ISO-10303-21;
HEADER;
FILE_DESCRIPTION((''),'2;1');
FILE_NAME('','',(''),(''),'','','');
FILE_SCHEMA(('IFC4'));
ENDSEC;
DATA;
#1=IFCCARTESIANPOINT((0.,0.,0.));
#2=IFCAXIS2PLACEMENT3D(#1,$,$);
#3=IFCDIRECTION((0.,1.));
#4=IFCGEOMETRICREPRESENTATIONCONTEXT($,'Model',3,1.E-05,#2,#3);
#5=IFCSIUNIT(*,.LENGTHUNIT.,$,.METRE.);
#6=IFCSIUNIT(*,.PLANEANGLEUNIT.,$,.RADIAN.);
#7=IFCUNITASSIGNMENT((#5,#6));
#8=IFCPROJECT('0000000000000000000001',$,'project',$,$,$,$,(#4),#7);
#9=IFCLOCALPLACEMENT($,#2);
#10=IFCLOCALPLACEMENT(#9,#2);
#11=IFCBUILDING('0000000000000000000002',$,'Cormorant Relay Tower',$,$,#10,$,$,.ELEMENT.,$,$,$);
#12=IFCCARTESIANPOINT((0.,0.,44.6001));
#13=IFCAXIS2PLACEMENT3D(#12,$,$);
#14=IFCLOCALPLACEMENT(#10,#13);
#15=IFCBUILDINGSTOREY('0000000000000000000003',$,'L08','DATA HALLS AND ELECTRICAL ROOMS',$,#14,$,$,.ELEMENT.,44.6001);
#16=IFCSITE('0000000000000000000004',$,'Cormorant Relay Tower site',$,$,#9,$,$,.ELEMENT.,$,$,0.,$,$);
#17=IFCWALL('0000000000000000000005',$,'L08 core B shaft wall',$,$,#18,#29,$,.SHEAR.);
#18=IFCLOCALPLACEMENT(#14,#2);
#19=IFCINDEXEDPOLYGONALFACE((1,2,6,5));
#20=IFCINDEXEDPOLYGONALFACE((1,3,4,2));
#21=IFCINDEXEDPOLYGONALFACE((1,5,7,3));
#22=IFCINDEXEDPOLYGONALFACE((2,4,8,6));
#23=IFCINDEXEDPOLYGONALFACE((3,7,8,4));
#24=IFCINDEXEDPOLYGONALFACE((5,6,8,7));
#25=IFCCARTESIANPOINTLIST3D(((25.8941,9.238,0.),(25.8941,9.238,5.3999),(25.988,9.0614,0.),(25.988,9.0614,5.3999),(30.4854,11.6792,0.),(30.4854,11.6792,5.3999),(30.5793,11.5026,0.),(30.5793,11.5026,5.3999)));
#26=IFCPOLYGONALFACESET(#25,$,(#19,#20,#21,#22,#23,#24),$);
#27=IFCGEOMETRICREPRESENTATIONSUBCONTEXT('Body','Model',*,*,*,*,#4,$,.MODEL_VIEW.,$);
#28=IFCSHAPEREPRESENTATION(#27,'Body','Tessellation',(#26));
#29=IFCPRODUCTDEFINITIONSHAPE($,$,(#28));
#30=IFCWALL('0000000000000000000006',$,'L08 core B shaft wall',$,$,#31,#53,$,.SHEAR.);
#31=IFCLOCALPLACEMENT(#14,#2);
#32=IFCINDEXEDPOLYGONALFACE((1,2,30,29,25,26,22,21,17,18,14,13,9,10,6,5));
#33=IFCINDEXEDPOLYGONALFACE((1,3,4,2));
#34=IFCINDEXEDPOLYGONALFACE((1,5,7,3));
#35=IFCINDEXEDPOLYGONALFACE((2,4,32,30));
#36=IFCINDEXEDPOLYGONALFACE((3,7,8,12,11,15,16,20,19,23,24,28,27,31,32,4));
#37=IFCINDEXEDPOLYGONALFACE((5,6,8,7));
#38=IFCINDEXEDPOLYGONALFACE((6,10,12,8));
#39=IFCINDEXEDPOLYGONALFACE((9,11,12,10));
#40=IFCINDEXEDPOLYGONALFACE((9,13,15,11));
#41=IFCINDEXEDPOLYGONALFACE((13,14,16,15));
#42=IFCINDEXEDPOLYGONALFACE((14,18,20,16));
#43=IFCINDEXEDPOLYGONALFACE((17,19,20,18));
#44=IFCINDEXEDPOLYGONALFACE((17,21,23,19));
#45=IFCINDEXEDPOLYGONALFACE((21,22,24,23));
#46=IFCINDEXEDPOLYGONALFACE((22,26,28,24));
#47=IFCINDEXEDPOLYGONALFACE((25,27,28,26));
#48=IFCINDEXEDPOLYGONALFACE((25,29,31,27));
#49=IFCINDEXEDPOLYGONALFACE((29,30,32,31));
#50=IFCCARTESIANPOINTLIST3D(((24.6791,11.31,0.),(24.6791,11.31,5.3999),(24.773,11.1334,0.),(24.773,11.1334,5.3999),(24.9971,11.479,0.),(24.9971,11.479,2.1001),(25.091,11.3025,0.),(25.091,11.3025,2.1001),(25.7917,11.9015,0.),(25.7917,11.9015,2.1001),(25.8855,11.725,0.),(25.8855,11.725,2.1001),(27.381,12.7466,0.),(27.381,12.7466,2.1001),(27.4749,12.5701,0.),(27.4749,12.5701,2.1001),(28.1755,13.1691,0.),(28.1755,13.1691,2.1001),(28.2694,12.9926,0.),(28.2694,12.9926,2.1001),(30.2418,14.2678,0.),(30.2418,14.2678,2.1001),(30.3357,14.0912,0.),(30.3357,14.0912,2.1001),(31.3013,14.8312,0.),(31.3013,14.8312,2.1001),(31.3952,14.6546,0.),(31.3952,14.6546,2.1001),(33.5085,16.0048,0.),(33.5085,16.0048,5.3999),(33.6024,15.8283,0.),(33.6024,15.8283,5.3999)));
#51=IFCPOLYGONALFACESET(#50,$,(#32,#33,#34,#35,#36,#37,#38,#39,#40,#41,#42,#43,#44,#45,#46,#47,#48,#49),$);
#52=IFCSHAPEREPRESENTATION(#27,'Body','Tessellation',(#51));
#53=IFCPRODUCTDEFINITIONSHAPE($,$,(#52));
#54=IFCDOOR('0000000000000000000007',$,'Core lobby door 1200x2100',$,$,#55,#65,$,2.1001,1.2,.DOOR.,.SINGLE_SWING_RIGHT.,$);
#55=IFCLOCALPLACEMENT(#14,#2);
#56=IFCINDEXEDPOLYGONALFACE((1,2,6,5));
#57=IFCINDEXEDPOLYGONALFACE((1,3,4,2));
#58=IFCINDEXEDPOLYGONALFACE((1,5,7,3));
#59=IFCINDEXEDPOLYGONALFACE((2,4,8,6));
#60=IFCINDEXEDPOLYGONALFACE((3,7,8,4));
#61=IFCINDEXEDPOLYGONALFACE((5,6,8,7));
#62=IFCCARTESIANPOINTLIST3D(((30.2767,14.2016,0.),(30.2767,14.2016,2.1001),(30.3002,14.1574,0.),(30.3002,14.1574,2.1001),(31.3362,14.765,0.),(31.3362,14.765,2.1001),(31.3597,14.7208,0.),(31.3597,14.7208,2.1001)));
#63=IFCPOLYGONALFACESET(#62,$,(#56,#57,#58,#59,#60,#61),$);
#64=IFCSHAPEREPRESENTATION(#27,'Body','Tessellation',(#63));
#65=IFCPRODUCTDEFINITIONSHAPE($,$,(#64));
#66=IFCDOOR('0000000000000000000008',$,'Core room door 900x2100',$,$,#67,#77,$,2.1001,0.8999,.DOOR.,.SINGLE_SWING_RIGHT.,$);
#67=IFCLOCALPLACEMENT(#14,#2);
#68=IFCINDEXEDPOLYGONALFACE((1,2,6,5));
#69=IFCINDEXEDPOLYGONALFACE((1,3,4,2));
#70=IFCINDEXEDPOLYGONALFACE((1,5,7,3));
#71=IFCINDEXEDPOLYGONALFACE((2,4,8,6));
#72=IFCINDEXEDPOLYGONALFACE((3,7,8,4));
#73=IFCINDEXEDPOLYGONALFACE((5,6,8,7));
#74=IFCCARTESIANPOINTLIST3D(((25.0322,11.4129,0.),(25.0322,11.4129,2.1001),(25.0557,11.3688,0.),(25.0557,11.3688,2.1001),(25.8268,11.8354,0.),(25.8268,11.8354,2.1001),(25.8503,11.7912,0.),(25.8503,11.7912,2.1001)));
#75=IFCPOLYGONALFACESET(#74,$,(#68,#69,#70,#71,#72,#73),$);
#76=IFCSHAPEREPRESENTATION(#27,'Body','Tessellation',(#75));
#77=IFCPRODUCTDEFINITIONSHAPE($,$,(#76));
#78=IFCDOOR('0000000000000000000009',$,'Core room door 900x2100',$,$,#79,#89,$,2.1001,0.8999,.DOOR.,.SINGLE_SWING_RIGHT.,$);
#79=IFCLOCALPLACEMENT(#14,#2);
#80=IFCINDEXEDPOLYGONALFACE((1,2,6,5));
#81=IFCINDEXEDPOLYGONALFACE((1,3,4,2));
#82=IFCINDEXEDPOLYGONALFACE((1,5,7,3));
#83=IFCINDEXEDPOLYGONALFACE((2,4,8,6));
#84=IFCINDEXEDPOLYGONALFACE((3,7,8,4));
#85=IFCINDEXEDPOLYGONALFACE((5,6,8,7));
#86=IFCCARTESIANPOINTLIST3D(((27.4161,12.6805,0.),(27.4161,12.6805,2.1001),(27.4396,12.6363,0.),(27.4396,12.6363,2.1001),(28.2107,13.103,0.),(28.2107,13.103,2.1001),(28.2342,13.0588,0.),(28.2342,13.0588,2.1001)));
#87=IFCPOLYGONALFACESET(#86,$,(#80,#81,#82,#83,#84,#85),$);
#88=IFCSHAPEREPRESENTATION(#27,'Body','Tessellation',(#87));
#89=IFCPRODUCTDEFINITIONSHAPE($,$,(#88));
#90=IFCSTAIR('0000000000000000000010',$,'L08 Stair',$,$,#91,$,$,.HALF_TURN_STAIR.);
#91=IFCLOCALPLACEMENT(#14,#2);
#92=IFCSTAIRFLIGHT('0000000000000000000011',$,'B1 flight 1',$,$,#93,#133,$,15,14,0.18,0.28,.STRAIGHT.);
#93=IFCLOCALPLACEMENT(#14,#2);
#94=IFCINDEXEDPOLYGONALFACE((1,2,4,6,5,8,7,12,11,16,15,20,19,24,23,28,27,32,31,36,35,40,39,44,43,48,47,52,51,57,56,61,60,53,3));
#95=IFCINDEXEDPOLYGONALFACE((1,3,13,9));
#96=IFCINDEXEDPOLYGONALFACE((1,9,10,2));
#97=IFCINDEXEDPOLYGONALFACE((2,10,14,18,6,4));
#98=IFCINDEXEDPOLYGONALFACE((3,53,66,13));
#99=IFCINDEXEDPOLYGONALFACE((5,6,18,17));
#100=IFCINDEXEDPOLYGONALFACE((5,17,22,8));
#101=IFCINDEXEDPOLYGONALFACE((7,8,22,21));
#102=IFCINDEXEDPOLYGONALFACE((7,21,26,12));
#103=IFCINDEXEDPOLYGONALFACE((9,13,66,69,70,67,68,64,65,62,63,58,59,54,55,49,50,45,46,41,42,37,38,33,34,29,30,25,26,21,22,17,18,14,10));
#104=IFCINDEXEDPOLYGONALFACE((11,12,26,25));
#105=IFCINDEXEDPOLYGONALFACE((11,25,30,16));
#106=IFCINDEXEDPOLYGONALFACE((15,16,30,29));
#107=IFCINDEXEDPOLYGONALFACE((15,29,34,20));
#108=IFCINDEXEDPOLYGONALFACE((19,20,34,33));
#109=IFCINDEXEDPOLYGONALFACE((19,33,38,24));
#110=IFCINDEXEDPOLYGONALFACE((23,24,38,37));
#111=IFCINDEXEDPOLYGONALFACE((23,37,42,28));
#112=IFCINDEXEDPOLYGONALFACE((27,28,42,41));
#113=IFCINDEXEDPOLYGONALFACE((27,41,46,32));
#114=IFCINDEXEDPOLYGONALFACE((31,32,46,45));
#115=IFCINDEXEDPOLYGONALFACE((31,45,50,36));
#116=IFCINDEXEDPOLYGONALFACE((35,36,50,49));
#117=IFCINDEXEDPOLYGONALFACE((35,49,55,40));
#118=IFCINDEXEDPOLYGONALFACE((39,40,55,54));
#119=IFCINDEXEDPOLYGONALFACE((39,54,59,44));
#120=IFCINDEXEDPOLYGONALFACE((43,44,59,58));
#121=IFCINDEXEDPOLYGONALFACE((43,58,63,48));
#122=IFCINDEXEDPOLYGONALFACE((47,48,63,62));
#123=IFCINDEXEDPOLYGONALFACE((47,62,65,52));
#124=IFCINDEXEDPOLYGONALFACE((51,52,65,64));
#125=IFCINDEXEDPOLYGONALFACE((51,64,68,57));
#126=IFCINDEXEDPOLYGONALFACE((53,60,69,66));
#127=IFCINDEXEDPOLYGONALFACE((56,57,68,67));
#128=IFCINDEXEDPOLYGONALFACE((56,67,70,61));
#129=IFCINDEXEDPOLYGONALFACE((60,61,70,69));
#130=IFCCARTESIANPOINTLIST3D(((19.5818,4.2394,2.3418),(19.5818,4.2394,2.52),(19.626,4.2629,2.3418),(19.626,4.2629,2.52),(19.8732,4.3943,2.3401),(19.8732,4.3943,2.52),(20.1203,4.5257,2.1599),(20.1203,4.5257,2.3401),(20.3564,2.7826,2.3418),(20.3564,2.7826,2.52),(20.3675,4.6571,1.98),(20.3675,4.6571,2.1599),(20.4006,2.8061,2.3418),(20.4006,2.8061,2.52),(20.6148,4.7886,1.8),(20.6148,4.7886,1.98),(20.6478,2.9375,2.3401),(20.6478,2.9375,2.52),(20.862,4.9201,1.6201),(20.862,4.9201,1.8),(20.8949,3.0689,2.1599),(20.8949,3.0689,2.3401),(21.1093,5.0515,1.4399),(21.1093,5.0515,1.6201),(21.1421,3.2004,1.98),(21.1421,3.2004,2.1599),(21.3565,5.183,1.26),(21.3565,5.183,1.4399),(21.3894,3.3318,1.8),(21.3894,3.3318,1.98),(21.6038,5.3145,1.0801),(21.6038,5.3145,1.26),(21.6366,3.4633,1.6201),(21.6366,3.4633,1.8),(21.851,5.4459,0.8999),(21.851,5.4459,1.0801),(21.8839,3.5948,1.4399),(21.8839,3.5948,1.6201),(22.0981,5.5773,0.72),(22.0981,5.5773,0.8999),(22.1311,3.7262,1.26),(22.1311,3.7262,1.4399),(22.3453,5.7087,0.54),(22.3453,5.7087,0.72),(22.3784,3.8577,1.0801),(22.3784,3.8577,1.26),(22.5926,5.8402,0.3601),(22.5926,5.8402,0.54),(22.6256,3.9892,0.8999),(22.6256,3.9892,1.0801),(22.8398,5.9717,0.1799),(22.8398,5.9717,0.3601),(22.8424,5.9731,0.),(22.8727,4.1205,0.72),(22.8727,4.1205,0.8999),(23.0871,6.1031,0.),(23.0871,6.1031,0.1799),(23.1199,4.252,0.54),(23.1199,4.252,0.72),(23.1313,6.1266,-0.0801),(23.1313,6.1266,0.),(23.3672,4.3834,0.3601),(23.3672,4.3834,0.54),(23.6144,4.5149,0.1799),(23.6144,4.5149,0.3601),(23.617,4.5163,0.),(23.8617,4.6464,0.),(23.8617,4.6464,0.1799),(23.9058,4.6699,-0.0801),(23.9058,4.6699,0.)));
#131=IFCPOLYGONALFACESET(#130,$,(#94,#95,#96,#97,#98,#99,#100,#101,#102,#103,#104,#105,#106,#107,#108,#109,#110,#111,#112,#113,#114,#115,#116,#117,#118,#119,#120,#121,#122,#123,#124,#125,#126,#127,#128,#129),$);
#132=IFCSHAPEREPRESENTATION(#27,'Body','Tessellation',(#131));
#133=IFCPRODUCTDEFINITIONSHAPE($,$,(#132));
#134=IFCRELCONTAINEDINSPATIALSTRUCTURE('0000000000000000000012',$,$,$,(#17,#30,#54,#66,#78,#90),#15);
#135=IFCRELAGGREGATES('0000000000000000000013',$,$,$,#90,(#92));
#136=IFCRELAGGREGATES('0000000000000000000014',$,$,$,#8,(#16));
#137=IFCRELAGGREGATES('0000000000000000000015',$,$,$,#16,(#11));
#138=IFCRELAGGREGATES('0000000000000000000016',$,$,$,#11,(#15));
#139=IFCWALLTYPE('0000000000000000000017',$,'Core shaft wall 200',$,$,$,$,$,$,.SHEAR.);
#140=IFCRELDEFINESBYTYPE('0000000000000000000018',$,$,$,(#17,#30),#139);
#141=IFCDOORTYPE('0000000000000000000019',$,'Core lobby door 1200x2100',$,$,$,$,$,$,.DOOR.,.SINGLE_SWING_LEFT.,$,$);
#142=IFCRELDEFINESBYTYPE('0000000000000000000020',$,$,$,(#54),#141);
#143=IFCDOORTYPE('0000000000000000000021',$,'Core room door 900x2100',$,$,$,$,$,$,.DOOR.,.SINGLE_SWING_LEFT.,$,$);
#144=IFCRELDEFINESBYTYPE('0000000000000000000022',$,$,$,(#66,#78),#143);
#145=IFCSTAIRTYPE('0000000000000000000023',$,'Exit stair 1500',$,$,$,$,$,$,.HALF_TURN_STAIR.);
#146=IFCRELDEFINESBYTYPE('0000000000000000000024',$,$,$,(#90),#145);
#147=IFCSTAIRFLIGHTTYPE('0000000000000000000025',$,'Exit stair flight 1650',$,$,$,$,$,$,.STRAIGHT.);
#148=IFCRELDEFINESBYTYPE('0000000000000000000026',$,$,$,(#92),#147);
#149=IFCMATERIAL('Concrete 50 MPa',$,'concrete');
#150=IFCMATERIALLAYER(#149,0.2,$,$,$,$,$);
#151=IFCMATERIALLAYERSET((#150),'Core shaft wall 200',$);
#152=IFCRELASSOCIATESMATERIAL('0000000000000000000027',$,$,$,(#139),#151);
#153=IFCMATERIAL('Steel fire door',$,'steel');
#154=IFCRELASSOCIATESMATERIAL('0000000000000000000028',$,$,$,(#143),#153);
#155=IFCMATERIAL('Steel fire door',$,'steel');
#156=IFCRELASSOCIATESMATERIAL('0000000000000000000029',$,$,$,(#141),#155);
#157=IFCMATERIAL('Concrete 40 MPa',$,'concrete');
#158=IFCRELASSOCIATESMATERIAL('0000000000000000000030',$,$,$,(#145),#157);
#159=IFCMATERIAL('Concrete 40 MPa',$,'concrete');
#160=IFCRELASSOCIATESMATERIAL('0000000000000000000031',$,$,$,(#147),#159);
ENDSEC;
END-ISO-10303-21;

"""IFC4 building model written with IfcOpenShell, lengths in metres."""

from ifc_helpers import new_model, si_unit, direction, frame, frame_2d, origin, place, context, subcontext, project, spatial, polyline, rectangle, outline, extrude, material, layer, layer_set, type_object, element, fill, aggregate, save


model = new_model("IFC4")

# Units and contexts
model_context = context("Model", 3, precision=1e-05, world=origin(), true_north=direction((0.0, 1.0)))
body_context = subcontext(model_context, "Body", "Model", "MODEL_VIEW")
ifc_project = project(units=[si_unit("LENGTHUNIT", "METRE"), si_unit("PLANEANGLEUNIT", "RADIAN")], contexts=[model_context])

# Site, building, storey
site_placement = place(None, origin())
site = spatial("IfcSite", under=ifc_project, at=site_placement, Name="Cormorant Relay Tower site", CompositionType="ELEMENT", RefElevation=0.0)
building_placement = place(site_placement, origin())
building = spatial("IfcBuilding", under=site, at=building_placement, Name="Cormorant Relay Tower", CompositionType="ELEMENT")
storey_placement = place(building_placement, frame((0.0, 0.0, 44.6001)))
storey = spatial("IfcBuildingStorey", under=building, at=storey_placement, Name="L08", Description="DATA HALLS AND ELECTRICAL ROOMS", CompositionType="ELEMENT", Elevation=44.6001)

# Shared definitions
ifc_material_1 = material(Name="Concrete 50 MPa", Category="concrete")
ifc_layer_1 = layer(ifc_material_1, 0.2)
ifc_layer_set_1 = layer_set([ifc_layer_1], Name="Core shaft wall 200")
wall_type_1 = type_object("IfcWallType", Name="Core shaft wall 200", PredefinedType="SHEAR", material=ifc_layer_set_1)

# Shared definitions
ifc_material_2 = material(Name="Steel fire door", Category="steel")
door_type_1 = type_object("IfcDoorType", Name="Core room door 900x2100", OperationType="SINGLE_SWING_LEFT", PredefinedType="DOOR", material=ifc_material_2)

# Wall
wall_1_placement = place(storey_placement, frame((25.9409, 9.1497, 0.0), z_axis=(0.0, 0.0, 1.0), x_axis=(0.882954, 0.46946, 0.0)))
element("IfcWall", 1, at=wall_1_placement, inside=storey, type_object=wall_type_1, Name="L08 core B shaft wall", PredefinedType="SHEAR", context=body_context, shape_type="SweptSolid", body=[
    extrude(rectangle(XDim=5.2, YDim=0.2, at=frame_2d((2.6001, 0.0))), origin(), (0.0, 0.0, 1.0), 5.3999),
])

# Wall, openings, doors
wall_2_placement = place(storey_placement, frame((24.7261, 11.2217, 0.0), z_axis=(0.0, 0.0, 1.0), x_axis=(0.88294, 0.469485, 0.0)))
wall_2 = element("IfcWall", 2, at=wall_2_placement, inside=storey, type_object=wall_type_1, Name="L08 core B shaft wall", PredefinedType="SHEAR", context=body_context, shape_type="SweptSolid", body=[
    extrude(rectangle(XDim=10.0, YDim=0.2, at=frame_2d((5.0, 0.0))), origin(), (0.0, 0.0, 1.0), 5.3999),
])
opening_1_placement = place(wall_2_placement, frame((6.3, 0.0, 0.0)))
opening_1 = element("IfcOpeningElement", 3, at=opening_1_placement, cuts=wall_2, PredefinedType="OPENING", context=body_context, shape_type="SweptSolid", body=[
    extrude(rectangle(XDim=1.2, YDim=2.1001, at=frame_2d((0.6001, 1.05))), frame((0.0, 0.1099, 0.0), z_axis=(0.0, -1.0, 0.0), x_axis=(1.0, 0.0, 0.0)), (0.0, 0.0, 1.0), 0.22),
])
opening_2_placement = place(wall_2_placement, frame((0.3601, 0.0, 0.0)))
opening_2 = element("IfcOpeningElement", 4, at=opening_2_placement, cuts=wall_2, PredefinedType="OPENING", context=body_context, shape_type="SweptSolid", body=[
    extrude(rectangle(XDim=0.8999, YDim=2.1001, at=frame_2d((0.45, 1.05))), frame((0.0, 0.1099, 0.0), z_axis=(0.0, -1.0, 0.0), x_axis=(1.0, 0.0, 0.0)), (0.0, 0.0, 1.0), 0.22),
])
opening_3_placement = place(wall_2_placement, frame((3.0601, 0.0, 0.0)))
opening_3 = element("IfcOpeningElement", 5, at=opening_3_placement, cuts=wall_2, PredefinedType="OPENING", context=body_context, shape_type="SweptSolid", body=[
    extrude(rectangle(XDim=0.8999, YDim=2.1001, at=frame_2d((0.45, 1.05))), frame((0.0, 0.1099, 0.0), z_axis=(0.0, -1.0, 0.0), x_axis=(1.0, 0.0, 0.0)), (0.0, 0.0, 1.0), 0.22),
])
ifc_material_3 = material(Name="Steel fire door", Category="steel")
door_type_2 = type_object("IfcDoorType", Name="Core lobby door 1200x2100", OperationType="SINGLE_SWING_LEFT", PredefinedType="DOOR", material=ifc_material_3)
door_1_placement = place(opening_1_placement, frame((1.2, 0.0, 0.0), z_axis=(0.0, 0.0, 1.0), x_axis=(-1.0, 0.0, 0.0)))
door_1 = element("IfcDoor", 6, at=door_1_placement, inside=storey, type_object=door_type_2, Name="Core lobby door 1200x2100", OperationType="SINGLE_SWING_RIGHT", OverallHeight=2.1001, OverallWidth=1.2, PredefinedType="DOOR", context=body_context, shape_type="SweptSolid", body=[
    extrude(rectangle(XDim=1.2, YDim=2.1001, at=frame_2d((0.6001, 1.05))), frame((0.0, 0.0249, 0.0), z_axis=(0.0, -1.0, 0.0), x_axis=(1.0, 0.0, 0.0)), (0.0, 0.0, 1.0), 0.05),
])
fill(opening_1, door_1)
door_2_placement = place(opening_2_placement, frame((0.8999, 0.0, 0.0), z_axis=(0.0, 0.0, 1.0), x_axis=(-1.0, 0.0, 0.0)))
door_2 = element("IfcDoor", 7, at=door_2_placement, inside=storey, type_object=door_type_1, Name="Core room door 900x2100", OperationType="SINGLE_SWING_RIGHT", OverallHeight=2.1001, OverallWidth=0.8999, PredefinedType="DOOR", context=body_context, shape_type="SweptSolid", body=[
    extrude(rectangle(XDim=0.8999, YDim=2.1001, at=frame_2d((0.45, 1.05))), frame((0.0, 0.0249, 0.0), z_axis=(0.0, -1.0, 0.0), x_axis=(1.0, 0.0, 0.0)), (0.0, 0.0, 1.0), 0.05),
])
fill(opening_2, door_2)
door_3_placement = place(opening_3_placement, frame((0.8999, 0.0, 0.0), z_axis=(0.0, 0.0, 1.0), x_axis=(-1.0, 0.0, 0.0)))
door_3 = element("IfcDoor", 8, at=door_3_placement, inside=storey, type_object=door_type_1, Name="Core room door 900x2100", OperationType="SINGLE_SWING_RIGHT", OverallHeight=2.1001, OverallWidth=0.8999, PredefinedType="DOOR", context=body_context, shape_type="SweptSolid", body=[
    extrude(rectangle(XDim=0.8999, YDim=2.1001, at=frame_2d((0.45, 1.05))), frame((0.0, 0.0249, 0.0), z_axis=(0.0, -1.0, 0.0), x_axis=(1.0, 0.0, 0.0)), (0.0, 0.0, 1.0), 0.05),
])
fill(opening_3, door_3)

# Stair, stair flight
ifc_material_4 = material(Name="Concrete 40 MPa", Category="concrete")
stair_type = type_object("IfcStairType", Name="Exit stair 1500", PredefinedType="HALF_TURN_STAIR", material=ifc_material_4)
stair_placement = place(storey_placement, origin())
stair = element("IfcStair", 9, at=stair_placement, inside=storey, type_object=stair_type, Name="L08 Stair", PredefinedType="HALF_TURN_STAIR")
ifc_material_5 = material(Name="Concrete 40 MPa", Category="concrete")
stair_flight_type = type_object("IfcStairFlightType", Name="Exit stair flight 1650", PredefinedType="STRAIGHT", material=ifc_material_5)
stair_flight_placement = place(storey_placement, frame((23.4744, 5.3748, 0.0), z_axis=(0.0, 0.0, 1.0), x_axis=(-0.882948, -0.469472, 0.0)))
stair_flight = element("IfcStairFlight", 10, at=stair_flight_placement, type_object=stair_flight_type, Name="B1 flight 1", NumberOfRisers=15, NumberOfTreads=14, PredefinedType="STRAIGHT", RiserHeight=0.18, TreadLength=0.28, context=body_context, shape_type="SweptSolid", body=[
    extrude(outline(polyline([(-0.05, -0.0801), (-0.05, 0.0), (0.0, 0.0), (0.0, 0.1799), (0.28, 0.1799), (0.28, 0.3601), (0.5601, 0.3601), (0.5601, 0.54), (0.8401, 0.54), (0.8401, 0.72), (1.1201, 0.72), (1.1201, 0.8999), (1.3999, 0.8999), (1.3999, 1.0801), (1.6799, 1.0801), (1.6799, 1.26), (1.96, 1.26), (1.96, 1.4399), (2.24, 1.4399), (2.24, 1.6201), (2.52, 1.6201), (2.52, 1.8), (2.8, 1.8), (2.8, 1.98), (3.0801, 1.98), (3.0801, 2.1599), (3.3601, 2.1599), (3.3601, 2.3401), (3.6399, 2.3401), (3.6399, 2.52), (3.9199, 2.52), (3.97, 2.52), (3.97, 2.3418), (3.9199, 2.3418), (0.2771, 0.0), (-0.05, -0.0801)])), frame((0.0, 0.825, 0.0), z_axis=(0.0, -1.0, 0.0), x_axis=(1.0, 0.0, 0.0)), (0.0, 0.0, 1.0), 1.6499),
])
aggregate(stair, [stair_flight])

save(model, "model.ifc")
